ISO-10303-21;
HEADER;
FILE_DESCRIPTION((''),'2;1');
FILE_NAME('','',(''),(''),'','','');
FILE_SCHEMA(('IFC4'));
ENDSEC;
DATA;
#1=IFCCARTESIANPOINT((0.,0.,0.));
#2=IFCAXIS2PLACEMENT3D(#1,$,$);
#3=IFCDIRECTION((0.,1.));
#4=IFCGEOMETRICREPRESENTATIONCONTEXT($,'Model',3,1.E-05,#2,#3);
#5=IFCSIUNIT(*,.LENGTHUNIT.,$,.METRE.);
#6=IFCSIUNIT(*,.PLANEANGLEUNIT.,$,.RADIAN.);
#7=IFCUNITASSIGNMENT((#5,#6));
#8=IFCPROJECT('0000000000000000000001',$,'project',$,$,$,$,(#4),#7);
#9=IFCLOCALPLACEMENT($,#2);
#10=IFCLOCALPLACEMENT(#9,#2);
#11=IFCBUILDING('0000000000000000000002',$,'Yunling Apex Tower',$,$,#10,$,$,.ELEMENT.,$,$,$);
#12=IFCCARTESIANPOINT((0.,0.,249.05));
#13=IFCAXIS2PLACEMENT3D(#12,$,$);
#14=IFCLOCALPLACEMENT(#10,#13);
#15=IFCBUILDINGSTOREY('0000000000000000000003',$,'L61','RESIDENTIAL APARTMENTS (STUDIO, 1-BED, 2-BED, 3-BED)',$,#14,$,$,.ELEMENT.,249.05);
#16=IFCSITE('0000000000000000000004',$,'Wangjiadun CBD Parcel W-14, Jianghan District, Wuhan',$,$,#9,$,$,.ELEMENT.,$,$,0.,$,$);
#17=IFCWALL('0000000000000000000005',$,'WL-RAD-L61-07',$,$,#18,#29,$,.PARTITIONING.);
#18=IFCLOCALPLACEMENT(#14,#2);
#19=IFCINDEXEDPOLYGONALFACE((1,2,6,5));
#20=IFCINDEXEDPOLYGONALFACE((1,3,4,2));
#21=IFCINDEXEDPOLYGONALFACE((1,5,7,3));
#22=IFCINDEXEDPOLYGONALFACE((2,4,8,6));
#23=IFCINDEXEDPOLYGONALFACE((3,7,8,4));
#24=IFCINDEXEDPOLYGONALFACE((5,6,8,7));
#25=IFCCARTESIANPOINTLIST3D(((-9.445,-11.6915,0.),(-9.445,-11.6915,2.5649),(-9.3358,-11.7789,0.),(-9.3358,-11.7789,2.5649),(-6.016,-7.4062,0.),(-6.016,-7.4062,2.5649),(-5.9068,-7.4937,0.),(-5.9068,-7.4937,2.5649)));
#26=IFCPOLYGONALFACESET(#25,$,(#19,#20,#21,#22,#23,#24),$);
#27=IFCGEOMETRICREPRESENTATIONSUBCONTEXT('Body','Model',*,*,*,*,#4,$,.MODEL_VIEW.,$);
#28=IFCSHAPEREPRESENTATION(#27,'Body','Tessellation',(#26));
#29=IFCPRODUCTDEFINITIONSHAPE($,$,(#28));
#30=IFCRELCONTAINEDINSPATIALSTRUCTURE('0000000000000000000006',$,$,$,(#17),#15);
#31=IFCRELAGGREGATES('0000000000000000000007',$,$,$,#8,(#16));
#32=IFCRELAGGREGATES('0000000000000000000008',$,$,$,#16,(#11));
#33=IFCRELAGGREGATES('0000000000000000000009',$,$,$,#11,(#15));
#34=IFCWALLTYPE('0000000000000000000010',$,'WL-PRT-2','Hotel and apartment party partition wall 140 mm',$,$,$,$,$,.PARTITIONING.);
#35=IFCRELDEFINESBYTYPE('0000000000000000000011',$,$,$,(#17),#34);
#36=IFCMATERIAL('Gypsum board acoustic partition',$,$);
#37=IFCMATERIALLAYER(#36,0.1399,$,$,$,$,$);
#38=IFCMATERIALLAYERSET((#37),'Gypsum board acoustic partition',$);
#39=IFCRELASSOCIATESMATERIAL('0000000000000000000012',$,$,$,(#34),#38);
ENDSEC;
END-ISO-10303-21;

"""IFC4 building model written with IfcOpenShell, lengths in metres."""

from ifc_helpers import new_model, si_unit, direction, frame, frame_2d, origin, place, context, subcontext, project, spatial, rectangle, extrude, material, layer, layer_set, type_object, element, save


model = new_model("IFC4")

# Units and contexts
model_context = context("Model", 3, precision=1e-05, world=origin(), true_north=direction((0.0, 1.0)))
body_context = subcontext(model_context, "Body", "Model", "MODEL_VIEW")
ifc_project = project(units=[si_unit("LENGTHUNIT", "METRE"), si_unit("PLANEANGLEUNIT", "RADIAN")], contexts=[model_context])

# Site, building, storey
site_placement = place(None, origin())
site = spatial("IfcSite", under=ifc_project, at=site_placement, Name="Wangjiadun CBD Parcel W-14, Jianghan District, Wuhan", CompositionType="ELEMENT", RefElevation=0.0)
building_placement = place(site_placement, origin())
building = spatial("IfcBuilding", under=site, at=building_placement, Name="Yunling Apex Tower", CompositionType="ELEMENT")
storey_placement = place(building_placement, frame((0.0, 0.0, 249.05)))
storey = spatial("IfcBuildingStorey", under=building, at=storey_placement, Name="L61", Description="RESIDENTIAL APARTMENTS (STUDIO, 1-BED, 2-BED, 3-BED)", CompositionType="ELEMENT", Elevation=249.05)

# Shared definitions
ifc_material_1 = material(Name="Gypsum board acoustic partition")

# Wall
ifc_layer_1 = layer(ifc_material_1, 0.1399)
ifc_layer_set_1 = layer_set([ifc_layer_1], Name="Gypsum board acoustic partition")
wall_type_1 = type_object("IfcWallType", Name="WL-PRT-2", Description="Hotel and apartment party partition wall 140 mm", PredefinedType="PARTITIONING", material=ifc_layer_set_1)
wall_1_placement = place(storey_placement, frame((-5.9614, -7.45, 0.0), z_axis=(0.0, 0.0, 1.0), x_axis=(-0.624787, -0.780795, 0.0)))
element("IfcWall", 1, at=wall_1_placement, inside=storey, type_object=wall_type_1, Name="WL-RAD-L61-07", PredefinedType="PARTITIONING", context=body_context, shape_type="SweptSolid", body=[
    extrude(rectangle(XDim=5.4883, YDim=0.1399, at=frame_2d((2.7441, 0.0))), origin(), (0.0, 0.0, 1.0), 2.5649),
])

save(model, "model.ifc")
